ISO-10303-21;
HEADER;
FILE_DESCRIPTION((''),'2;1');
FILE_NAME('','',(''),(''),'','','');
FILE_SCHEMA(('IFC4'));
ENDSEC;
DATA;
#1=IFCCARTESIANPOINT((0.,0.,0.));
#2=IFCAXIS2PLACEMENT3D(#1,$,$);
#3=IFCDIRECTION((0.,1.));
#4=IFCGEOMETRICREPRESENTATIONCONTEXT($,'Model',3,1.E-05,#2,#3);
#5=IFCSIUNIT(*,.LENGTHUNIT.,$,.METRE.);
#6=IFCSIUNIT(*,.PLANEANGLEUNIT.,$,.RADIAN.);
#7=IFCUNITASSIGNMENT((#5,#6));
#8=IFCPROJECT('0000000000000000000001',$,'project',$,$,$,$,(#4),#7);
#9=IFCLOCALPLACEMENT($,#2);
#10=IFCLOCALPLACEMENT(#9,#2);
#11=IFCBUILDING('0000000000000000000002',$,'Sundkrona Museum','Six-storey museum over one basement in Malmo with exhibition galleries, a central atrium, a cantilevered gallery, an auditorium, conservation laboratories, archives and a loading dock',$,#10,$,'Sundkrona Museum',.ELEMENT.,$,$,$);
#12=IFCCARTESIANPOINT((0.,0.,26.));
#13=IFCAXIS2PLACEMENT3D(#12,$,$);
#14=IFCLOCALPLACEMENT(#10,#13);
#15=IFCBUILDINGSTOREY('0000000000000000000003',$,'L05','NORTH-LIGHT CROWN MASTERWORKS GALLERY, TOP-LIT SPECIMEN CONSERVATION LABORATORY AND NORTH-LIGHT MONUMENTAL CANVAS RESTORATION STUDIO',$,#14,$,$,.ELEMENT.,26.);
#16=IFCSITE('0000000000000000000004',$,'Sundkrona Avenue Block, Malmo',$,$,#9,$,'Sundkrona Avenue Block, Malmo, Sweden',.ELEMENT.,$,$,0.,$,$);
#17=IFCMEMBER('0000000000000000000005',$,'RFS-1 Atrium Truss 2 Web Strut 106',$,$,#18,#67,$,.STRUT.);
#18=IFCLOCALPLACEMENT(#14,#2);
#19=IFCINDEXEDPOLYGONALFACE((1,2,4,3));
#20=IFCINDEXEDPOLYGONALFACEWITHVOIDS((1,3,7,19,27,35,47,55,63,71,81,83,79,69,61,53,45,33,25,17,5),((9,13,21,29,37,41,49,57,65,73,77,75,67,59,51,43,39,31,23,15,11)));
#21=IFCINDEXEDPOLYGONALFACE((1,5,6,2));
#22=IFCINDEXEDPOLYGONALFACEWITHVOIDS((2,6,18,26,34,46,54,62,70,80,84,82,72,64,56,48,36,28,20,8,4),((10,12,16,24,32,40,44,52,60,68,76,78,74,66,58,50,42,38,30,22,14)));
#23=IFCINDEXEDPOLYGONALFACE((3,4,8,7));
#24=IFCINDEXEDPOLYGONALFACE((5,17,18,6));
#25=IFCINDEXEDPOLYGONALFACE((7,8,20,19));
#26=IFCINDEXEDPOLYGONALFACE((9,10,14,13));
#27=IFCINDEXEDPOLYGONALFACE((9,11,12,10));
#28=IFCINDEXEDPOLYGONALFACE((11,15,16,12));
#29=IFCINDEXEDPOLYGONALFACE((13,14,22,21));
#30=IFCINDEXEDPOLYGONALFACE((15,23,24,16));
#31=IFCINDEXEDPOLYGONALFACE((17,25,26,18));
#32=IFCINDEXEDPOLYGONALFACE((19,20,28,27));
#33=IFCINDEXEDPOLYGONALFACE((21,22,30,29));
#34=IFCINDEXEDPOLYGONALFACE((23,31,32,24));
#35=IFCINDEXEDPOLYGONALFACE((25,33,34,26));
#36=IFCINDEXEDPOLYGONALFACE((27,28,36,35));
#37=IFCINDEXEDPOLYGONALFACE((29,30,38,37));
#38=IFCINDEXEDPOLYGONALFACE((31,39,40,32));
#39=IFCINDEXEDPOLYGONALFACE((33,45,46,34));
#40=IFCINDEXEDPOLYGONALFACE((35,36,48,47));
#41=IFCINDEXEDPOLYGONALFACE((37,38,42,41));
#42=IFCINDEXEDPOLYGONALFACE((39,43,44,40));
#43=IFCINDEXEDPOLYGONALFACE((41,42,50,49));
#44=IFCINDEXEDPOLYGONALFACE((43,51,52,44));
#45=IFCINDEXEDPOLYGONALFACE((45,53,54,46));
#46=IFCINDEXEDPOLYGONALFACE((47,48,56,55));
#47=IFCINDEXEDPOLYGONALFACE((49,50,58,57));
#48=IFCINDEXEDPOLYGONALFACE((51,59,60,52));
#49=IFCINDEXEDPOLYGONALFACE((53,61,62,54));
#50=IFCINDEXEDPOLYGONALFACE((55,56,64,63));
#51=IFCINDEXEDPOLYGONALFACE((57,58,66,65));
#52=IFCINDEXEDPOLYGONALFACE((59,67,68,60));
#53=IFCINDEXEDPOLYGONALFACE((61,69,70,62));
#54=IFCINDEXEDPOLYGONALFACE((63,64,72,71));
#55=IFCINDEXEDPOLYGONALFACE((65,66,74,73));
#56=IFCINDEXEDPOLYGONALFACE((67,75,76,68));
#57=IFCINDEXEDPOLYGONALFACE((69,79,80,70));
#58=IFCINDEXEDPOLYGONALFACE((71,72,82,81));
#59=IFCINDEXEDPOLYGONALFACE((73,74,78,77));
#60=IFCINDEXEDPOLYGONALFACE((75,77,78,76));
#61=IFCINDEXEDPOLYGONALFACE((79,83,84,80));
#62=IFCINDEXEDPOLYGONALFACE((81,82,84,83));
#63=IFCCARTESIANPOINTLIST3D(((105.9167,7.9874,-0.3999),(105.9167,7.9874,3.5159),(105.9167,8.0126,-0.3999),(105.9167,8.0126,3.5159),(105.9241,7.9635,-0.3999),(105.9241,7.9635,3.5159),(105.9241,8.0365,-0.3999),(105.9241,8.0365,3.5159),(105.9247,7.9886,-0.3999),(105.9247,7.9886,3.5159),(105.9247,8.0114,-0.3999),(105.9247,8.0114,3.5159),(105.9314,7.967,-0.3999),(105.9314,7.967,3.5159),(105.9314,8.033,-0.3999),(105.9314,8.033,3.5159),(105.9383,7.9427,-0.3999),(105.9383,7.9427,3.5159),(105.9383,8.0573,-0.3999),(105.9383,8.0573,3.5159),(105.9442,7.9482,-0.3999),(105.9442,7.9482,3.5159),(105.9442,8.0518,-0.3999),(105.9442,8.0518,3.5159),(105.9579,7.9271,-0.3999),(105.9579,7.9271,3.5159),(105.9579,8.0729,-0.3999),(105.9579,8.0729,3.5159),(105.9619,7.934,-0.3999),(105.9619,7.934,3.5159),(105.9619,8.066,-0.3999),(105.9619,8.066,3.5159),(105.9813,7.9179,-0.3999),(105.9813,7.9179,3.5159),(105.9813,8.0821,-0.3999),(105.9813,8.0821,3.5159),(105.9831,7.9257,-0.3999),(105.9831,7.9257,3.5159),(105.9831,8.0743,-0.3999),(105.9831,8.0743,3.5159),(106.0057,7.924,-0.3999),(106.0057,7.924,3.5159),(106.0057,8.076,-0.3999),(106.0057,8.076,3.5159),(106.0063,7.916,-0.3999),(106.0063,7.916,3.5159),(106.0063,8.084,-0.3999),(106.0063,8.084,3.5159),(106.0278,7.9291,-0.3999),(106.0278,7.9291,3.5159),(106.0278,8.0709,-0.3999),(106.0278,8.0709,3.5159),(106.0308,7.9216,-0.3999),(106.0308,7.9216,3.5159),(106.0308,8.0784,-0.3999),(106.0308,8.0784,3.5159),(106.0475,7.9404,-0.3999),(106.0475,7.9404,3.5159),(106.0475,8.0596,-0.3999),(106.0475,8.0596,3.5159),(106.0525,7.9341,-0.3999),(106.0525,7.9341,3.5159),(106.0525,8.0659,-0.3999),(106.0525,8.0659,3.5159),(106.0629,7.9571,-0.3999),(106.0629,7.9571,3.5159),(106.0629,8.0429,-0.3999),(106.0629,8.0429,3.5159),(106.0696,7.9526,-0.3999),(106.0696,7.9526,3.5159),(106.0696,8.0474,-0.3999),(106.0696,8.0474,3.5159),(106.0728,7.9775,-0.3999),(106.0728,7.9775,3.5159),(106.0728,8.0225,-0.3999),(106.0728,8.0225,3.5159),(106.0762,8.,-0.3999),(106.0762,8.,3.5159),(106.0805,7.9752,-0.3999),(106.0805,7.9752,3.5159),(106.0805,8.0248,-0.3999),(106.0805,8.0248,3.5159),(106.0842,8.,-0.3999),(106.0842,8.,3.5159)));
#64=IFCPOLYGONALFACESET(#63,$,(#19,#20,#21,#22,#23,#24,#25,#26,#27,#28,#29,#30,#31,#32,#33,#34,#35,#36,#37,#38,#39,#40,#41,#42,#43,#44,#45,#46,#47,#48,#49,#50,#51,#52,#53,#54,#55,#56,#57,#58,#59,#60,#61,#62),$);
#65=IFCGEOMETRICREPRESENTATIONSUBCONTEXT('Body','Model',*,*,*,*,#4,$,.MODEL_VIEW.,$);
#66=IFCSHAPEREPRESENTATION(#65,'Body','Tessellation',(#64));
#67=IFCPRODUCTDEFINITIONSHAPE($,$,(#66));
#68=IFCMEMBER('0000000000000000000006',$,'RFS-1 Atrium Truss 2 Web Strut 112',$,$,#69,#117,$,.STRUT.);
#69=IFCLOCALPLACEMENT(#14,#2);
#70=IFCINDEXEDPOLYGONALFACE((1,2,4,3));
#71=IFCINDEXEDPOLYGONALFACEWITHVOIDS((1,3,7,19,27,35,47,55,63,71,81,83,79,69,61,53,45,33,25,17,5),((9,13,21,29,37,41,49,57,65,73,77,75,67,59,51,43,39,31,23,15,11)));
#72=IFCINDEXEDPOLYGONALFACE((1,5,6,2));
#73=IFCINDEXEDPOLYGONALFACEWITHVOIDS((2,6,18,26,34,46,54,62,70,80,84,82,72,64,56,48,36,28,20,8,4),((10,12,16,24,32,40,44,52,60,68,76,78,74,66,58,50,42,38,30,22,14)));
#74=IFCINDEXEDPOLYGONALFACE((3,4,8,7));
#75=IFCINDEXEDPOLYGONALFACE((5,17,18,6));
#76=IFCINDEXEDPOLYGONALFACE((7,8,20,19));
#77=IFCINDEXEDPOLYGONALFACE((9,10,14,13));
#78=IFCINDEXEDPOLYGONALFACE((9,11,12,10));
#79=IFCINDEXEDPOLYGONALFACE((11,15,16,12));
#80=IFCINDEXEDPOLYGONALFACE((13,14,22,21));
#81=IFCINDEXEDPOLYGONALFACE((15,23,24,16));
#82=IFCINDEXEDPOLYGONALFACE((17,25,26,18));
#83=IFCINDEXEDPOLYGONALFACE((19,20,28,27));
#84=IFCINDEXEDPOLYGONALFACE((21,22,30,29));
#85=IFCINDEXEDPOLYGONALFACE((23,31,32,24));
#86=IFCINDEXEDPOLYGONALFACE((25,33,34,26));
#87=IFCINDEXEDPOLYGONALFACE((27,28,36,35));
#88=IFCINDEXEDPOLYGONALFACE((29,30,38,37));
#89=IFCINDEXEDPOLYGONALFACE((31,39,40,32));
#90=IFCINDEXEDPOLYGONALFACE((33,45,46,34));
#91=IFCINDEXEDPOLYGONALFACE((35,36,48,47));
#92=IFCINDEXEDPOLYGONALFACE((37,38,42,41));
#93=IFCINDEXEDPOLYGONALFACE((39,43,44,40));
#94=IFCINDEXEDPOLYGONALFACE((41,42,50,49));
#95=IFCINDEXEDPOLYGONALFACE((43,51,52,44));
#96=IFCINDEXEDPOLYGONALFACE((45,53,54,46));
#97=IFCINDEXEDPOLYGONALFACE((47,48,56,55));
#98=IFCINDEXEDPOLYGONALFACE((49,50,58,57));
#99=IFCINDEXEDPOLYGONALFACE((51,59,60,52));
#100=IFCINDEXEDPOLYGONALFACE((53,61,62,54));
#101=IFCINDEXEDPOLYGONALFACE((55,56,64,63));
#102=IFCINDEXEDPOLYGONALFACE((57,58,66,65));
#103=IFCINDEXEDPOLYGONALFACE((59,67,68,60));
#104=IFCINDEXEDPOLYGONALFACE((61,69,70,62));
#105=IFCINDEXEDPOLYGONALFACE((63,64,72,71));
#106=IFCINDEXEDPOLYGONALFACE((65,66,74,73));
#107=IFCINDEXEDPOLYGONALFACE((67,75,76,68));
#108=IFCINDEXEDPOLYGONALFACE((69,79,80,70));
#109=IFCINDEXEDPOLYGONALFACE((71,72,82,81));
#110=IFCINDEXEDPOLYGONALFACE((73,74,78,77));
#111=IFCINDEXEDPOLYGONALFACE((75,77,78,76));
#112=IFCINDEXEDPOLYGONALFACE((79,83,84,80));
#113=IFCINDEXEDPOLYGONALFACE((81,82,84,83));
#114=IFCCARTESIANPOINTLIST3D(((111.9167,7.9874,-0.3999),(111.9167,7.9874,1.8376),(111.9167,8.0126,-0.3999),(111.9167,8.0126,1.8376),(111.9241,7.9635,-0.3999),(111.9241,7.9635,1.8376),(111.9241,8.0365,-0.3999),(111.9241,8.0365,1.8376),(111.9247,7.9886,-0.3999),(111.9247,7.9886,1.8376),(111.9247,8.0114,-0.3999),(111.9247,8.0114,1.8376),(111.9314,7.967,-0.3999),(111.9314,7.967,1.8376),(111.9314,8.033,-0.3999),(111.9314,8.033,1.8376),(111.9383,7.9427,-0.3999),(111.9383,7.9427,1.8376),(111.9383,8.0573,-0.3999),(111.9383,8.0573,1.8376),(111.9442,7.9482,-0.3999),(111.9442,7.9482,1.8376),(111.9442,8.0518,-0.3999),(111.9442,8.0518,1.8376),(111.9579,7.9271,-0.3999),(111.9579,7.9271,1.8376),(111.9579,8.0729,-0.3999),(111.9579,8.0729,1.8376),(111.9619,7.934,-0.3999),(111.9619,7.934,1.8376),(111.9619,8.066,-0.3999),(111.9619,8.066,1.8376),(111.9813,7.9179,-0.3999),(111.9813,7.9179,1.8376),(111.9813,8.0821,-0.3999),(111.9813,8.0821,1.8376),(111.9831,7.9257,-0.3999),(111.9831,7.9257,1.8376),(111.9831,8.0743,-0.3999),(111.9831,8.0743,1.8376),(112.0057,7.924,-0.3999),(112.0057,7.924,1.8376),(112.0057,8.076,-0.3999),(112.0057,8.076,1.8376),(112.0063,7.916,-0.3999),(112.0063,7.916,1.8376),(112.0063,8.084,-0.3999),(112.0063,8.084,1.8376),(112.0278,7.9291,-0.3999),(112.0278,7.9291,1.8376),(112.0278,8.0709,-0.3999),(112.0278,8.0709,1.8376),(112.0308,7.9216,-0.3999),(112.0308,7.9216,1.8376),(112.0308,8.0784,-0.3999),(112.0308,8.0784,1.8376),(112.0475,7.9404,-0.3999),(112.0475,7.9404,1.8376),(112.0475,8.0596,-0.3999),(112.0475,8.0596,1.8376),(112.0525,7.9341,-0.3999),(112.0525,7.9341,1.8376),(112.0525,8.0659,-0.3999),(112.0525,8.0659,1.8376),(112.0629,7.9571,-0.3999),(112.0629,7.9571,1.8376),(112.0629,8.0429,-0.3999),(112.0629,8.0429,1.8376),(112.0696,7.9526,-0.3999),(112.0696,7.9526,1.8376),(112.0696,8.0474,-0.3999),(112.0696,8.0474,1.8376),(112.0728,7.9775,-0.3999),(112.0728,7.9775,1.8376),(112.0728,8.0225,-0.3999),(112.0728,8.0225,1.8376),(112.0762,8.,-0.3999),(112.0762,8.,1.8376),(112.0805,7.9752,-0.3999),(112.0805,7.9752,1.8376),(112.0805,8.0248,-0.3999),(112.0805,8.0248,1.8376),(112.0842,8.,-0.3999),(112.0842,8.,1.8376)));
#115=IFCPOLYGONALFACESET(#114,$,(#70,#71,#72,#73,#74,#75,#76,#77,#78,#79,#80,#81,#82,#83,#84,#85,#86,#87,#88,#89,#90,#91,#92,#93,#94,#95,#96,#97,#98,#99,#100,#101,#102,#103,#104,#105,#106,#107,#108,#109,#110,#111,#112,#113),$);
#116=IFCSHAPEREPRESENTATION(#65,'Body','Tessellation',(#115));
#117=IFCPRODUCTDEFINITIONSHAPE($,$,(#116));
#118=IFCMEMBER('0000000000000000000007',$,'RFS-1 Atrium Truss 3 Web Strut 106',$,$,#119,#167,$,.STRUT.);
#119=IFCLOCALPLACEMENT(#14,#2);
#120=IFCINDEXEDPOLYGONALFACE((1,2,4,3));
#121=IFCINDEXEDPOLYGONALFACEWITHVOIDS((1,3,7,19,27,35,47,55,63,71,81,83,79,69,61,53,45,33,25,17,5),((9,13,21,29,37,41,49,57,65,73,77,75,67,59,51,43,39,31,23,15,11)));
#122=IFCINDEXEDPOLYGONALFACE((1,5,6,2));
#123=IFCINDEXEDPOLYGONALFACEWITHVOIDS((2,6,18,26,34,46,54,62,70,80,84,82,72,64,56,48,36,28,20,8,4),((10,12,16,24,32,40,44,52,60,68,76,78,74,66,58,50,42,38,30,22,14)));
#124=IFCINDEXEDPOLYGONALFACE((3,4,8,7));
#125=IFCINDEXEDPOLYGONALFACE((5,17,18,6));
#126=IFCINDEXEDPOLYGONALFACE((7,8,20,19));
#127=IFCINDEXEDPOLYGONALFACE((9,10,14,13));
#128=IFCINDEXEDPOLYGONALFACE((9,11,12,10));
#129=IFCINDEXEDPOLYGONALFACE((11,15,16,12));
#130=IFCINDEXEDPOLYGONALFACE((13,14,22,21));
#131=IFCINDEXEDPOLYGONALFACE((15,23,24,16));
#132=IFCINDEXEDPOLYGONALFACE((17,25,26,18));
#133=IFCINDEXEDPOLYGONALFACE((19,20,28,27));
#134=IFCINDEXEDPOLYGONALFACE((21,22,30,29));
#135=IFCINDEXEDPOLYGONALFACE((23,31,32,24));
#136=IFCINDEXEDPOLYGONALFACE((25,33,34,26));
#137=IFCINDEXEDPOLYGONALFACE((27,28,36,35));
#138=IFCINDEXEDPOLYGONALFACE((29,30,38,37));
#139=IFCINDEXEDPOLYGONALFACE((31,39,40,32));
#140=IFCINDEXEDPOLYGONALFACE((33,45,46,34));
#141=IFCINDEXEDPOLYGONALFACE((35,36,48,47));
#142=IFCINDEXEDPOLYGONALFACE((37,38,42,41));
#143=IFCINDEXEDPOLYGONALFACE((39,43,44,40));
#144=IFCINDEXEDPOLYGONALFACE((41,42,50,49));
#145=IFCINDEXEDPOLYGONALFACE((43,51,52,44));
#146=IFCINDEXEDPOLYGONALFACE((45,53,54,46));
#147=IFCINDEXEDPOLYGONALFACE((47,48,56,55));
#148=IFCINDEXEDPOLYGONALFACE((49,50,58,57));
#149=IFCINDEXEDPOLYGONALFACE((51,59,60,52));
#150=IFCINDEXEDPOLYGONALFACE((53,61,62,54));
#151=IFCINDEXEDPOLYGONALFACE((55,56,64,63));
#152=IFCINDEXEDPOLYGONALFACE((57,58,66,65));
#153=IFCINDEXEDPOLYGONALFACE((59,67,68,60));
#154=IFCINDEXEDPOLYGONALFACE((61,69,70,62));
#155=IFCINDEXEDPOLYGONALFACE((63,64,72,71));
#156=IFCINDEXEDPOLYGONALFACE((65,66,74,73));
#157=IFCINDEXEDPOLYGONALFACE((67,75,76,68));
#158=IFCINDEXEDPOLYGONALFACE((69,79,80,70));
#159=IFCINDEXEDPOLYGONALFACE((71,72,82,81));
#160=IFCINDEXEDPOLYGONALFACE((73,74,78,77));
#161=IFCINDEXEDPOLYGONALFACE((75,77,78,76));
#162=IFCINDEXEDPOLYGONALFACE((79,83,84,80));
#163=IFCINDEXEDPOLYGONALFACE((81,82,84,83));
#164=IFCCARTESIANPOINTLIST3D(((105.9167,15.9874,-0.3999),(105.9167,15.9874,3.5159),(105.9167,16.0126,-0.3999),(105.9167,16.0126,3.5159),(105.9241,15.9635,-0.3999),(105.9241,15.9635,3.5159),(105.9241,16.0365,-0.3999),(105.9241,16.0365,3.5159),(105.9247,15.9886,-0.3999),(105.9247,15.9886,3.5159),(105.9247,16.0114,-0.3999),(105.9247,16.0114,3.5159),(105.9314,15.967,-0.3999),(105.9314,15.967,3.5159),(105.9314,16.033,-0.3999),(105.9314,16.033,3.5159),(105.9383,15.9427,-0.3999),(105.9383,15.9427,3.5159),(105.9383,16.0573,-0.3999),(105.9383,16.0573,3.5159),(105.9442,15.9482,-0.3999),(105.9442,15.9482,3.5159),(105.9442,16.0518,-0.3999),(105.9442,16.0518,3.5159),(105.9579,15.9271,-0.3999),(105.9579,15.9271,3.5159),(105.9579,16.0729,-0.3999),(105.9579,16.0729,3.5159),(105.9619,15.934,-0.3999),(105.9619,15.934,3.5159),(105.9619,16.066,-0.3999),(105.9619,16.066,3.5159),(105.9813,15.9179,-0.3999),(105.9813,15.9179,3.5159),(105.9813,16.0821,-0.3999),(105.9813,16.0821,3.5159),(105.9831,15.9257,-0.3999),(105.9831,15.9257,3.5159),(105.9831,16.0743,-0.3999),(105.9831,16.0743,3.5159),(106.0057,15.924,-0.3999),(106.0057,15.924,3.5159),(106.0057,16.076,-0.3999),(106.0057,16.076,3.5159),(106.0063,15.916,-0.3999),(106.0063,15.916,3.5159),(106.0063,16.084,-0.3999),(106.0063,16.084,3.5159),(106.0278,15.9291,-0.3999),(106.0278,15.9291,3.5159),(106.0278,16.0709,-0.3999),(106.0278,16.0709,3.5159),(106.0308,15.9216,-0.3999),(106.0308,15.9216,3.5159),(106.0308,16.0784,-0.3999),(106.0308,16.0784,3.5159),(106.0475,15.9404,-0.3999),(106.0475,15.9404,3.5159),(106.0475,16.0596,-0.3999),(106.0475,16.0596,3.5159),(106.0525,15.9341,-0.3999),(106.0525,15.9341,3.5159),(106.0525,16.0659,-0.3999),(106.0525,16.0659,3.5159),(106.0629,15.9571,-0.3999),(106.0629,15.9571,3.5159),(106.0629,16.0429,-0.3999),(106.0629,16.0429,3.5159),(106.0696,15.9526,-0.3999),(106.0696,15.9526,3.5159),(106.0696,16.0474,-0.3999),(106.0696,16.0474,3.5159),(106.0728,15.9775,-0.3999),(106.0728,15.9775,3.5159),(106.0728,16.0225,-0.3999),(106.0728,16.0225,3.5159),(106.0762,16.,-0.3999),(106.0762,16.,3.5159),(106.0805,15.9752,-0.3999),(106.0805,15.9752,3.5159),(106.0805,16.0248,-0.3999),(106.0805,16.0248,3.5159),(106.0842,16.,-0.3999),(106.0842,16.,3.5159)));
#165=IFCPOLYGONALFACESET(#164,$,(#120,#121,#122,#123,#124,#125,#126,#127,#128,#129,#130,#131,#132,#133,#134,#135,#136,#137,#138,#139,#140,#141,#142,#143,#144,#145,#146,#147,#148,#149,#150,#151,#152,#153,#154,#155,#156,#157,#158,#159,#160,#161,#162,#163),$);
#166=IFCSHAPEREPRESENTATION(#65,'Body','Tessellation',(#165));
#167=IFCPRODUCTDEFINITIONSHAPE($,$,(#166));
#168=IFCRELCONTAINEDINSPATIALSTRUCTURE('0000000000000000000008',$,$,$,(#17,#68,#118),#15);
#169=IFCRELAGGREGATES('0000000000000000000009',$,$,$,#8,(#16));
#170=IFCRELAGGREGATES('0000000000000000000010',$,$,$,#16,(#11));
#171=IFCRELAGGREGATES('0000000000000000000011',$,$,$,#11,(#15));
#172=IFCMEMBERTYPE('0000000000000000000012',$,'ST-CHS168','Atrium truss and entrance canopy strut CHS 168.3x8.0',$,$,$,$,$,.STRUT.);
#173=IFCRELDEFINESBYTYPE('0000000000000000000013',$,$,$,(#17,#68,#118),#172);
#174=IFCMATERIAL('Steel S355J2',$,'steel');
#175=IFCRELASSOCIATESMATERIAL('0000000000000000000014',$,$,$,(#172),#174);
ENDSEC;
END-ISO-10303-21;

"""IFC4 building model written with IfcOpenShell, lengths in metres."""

from ifc_helpers import new_model, si_unit, direction, frame, origin, origin_2d, place, context, subcontext, project, spatial, hollow_circle, extrude, material, material_profile, profile_set, type_object, element, save


model = new_model("IFC4")

# Units and contexts
model_context = context("Model", 3, precision=1e-05, world=origin(), true_north=direction((0.0, 1.0)))
body_context = subcontext(model_context, "Body", "Model", "MODEL_VIEW")
ifc_project = project(units=[si_unit("LENGTHUNIT", "METRE"), si_unit("PLANEANGLEUNIT", "RADIAN")], contexts=[model_context])

# Site, building, storey
site_placement = place(None, origin())
site = spatial("IfcSite", under=ifc_project, at=site_placement, Name="Sundkrona Avenue Block, Malmo", LongName="Sundkrona Avenue Block, Malmo, Sweden", CompositionType="ELEMENT", RefElevation=0.0)
building_placement = place(site_placement, origin())
building = spatial("IfcBuilding", under=site, at=building_placement, Name="Sundkrona Museum", Description="Six-storey museum over one basement in Malmo with exhibition galleries, a central atrium, a cantilevered gallery, an auditorium, conservation laboratories, archives and a loading dock", LongName="Sundkrona Museum", CompositionType="ELEMENT")
storey_placement = place(building_placement, frame((0.0, 0.0, 26.0)))
storey = spatial("IfcBuildingStorey", under=building, at=storey_placement, Name="L05", Description="NORTH-LIGHT CROWN MASTERWORKS GALLERY, TOP-LIT SPECIMEN CONSERVATION LABORATORY AND NORTH-LIGHT MONUMENTAL CANVAS RESTORATION STUDIO", CompositionType="ELEMENT", Elevation=26.0)

# Shared definitions
ifc_material_1 = material(Name="Steel S355J2", Category="steel")

# Members
ifc_material_profile_1 = material_profile(ifc_material_1, hollow_circle(Radius=0.0842, WallThickness=0.0081, at=origin_2d()), Name="CHS 168.3x8.0")
ifc_profile_set_1 = profile_set([ifc_material_profile_1], Name="Steel S355J2")
member_type_1 = type_object("IfcMemberType", Name="ST-CHS168", Description="Atrium truss and entrance canopy strut CHS 168.3x8.0", PredefinedType="STRUT", material=ifc_profile_set_1)
member_1_placement = place(storey_placement, frame((106.0, 8.0, -0.3999), z_axis=(0.0, 0.0, 1.0), x_axis=(1.0, 0.0, 0.0)))
element("IfcMember", 1, at=member_1_placement, inside=storey, type_object=member_type_1, Name="RFS-1 Atrium Truss 2 Web Strut 106", PredefinedType="STRUT", context=body_context, shape_type="SweptSolid", body=[
    extrude(hollow_circle(Radius=0.0842, WallThickness=0.0081, at=origin_2d()), origin(), (0.0, 0.0, 1.0), 3.9158),
])
member_2_placement = place(storey_placement, frame((112.0, 8.0, -0.3999), z_axis=(0.0, 0.0, 1.0), x_axis=(1.0, 0.0, 0.0)))
element("IfcMember", 2, at=member_2_placement, inside=storey, type_object=member_type_1, Name="RFS-1 Atrium Truss 2 Web Strut 112", PredefinedType="STRUT", context=body_context, shape_type="SweptSolid", body=[
    extrude(hollow_circle(Radius=0.0842, WallThickness=0.0081, at=origin_2d()), origin(), (0.0, 0.0, 1.0), 2.2375),
])
member_3_placement = place(storey_placement, frame((106.0, 16.0, -0.3999), z_axis=(0.0, 0.0, 1.0), x_axis=(1.0, 0.0, 0.0)))
element("IfcMember", 3, at=member_3_placement, inside=storey, type_object=member_type_1, Name="RFS-1 Atrium Truss 3 Web Strut 106", PredefinedType="STRUT", context=body_context, shape_type="SweptSolid", body=[
    extrude(hollow_circle(Radius=0.0842, WallThickness=0.0081, at=origin_2d()), origin(), (0.0, 0.0, 1.0), 3.9158),
])

save(model, "model.ifc")
